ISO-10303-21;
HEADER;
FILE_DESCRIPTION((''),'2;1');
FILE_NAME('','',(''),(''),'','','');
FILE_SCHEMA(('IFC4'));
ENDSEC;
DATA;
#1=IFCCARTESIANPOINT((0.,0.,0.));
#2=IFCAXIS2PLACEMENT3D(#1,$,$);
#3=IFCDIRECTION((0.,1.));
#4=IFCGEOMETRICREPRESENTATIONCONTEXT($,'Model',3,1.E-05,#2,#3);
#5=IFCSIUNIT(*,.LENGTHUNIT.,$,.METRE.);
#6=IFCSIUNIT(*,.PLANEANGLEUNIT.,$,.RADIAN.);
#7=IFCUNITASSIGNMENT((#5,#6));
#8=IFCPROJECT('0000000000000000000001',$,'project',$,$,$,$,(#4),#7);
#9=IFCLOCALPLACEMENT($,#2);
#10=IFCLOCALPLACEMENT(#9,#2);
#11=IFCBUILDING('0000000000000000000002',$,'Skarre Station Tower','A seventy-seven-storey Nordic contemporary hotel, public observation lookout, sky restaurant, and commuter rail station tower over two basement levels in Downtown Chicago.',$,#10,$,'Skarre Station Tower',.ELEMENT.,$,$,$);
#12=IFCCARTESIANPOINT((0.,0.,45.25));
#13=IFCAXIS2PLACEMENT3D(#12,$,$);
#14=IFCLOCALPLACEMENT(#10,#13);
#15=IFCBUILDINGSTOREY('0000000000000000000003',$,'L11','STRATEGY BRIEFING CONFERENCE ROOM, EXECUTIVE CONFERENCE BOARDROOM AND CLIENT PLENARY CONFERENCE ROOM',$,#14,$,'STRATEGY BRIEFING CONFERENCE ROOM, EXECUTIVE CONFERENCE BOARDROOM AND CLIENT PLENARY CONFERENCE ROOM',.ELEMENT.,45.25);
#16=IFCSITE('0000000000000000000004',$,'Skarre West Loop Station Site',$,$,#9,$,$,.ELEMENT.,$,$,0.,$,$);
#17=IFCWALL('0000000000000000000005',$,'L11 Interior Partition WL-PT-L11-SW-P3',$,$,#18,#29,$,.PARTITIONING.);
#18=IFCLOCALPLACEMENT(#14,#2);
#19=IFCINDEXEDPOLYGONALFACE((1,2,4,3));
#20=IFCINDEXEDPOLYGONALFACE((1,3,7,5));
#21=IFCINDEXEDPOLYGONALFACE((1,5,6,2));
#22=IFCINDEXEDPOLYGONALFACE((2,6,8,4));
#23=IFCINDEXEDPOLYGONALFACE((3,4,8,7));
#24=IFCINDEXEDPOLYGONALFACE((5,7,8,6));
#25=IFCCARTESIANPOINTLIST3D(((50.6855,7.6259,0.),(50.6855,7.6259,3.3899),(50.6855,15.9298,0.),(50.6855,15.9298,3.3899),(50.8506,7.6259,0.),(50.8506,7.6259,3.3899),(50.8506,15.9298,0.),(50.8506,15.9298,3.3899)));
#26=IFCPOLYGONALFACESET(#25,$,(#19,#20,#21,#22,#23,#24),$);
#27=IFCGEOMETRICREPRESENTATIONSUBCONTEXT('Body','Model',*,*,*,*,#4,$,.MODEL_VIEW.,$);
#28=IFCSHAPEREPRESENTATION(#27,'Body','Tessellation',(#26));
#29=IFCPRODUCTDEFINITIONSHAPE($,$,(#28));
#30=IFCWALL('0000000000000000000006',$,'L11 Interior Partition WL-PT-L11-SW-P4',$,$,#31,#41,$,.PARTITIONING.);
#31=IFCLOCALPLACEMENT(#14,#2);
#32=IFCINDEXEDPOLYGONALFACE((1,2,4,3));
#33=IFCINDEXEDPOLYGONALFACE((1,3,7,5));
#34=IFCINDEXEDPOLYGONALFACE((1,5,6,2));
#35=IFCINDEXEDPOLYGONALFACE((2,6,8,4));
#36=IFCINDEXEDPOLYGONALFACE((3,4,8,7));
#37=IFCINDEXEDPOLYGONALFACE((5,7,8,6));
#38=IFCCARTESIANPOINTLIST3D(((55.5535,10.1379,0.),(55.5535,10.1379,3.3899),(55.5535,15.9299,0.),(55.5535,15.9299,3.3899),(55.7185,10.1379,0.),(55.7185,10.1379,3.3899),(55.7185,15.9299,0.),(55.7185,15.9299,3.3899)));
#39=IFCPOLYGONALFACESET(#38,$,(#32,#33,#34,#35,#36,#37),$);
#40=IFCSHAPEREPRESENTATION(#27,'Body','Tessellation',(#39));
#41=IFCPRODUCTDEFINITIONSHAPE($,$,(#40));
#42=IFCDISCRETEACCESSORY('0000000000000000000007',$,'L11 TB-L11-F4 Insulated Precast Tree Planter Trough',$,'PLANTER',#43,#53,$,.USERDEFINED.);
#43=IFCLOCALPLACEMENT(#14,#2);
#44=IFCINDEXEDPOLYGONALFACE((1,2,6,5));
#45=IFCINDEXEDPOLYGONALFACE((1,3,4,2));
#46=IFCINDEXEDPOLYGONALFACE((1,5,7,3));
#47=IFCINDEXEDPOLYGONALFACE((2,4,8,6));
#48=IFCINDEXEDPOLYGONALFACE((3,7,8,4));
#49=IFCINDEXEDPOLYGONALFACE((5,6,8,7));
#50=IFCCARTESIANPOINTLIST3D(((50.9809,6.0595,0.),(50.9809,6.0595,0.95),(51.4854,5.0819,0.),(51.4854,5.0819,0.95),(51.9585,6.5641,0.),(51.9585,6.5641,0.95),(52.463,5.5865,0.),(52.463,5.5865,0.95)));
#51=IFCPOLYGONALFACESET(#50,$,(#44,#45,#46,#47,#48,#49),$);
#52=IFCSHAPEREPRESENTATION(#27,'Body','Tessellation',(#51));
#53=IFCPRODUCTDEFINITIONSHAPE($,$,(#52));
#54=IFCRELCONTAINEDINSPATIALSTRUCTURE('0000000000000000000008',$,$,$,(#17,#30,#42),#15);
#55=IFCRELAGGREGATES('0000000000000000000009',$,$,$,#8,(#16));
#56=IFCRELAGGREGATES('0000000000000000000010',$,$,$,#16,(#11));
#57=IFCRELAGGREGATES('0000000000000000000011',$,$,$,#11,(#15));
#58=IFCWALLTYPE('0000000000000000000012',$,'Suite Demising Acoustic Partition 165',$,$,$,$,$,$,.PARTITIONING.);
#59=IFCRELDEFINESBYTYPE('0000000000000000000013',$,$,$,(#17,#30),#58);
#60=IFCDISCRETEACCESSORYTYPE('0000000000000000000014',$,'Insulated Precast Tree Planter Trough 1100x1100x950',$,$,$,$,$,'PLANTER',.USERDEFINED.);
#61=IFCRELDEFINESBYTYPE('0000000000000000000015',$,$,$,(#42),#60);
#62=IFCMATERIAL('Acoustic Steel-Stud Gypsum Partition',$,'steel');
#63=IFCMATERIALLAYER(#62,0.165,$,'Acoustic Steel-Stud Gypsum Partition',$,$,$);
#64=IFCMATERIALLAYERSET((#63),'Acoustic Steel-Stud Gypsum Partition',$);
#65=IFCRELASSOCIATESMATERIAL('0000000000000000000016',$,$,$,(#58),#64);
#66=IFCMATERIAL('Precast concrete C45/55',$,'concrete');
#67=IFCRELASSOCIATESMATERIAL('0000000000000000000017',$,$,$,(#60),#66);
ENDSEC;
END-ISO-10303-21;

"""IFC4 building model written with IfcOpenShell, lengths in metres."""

from ifc_helpers import new_model, si_unit, direction, frame, frame_2d, origin, origin_2d, place, context, subcontext, project, spatial, rectangle, extrude, material, layer, layer_set, type_object, element, save


model = new_model("IFC4")

# Units and contexts
model_context = context("Model", 3, precision=1e-05, world=origin(), true_north=direction((0.0, 1.0)))
body_context = subcontext(model_context, "Body", "Model", "MODEL_VIEW")
ifc_project = project(units=[si_unit("LENGTHUNIT", "METRE"), si_unit("PLANEANGLEUNIT", "RADIAN")], contexts=[model_context])

# Site, building, storey
site_placement = place(None, origin())
site = spatial("IfcSite", under=ifc_project, at=site_placement, Name="Skarre West Loop Station Site", CompositionType="ELEMENT", RefElevation=0.0)
building_placement = place(site_placement, origin())
building = spatial("IfcBuilding", under=site, at=building_placement, Name="Skarre Station Tower", Description="A seventy-seven-storey Nordic contemporary hotel, public observation lookout, sky restaurant, and commuter rail station tower over two basement levels in Downtown Chicago.", LongName="Skarre Station Tower", CompositionType="ELEMENT")
storey_placement = place(building_placement, frame((0.0, 0.0, 45.25)))
storey = spatial("IfcBuildingStorey", under=building, at=storey_placement, Name="L11", Description="STRATEGY BRIEFING CONFERENCE ROOM, EXECUTIVE CONFERENCE BOARDROOM AND CLIENT PLENARY CONFERENCE ROOM", LongName="STRATEGY BRIEFING CONFERENCE ROOM, EXECUTIVE CONFERENCE BOARDROOM AND CLIENT PLENARY CONFERENCE ROOM", CompositionType="ELEMENT", Elevation=45.25)

# Shared definitions
ifc_material_1 = material(Name="Acoustic Steel-Stud Gypsum Partition", Category="steel")

# Walls
ifc_layer_1 = layer(ifc_material_1, 0.165, Name="Acoustic Steel-Stud Gypsum Partition")
ifc_layer_set_1 = layer_set([ifc_layer_1], Name="Acoustic Steel-Stud Gypsum Partition")
wall_type_1 = type_object("IfcWallType", Name="Suite Demising Acoustic Partition 165", PredefinedType="PARTITIONING", material=ifc_layer_set_1)
wall_1_placement = place(storey_placement, frame((50.7681, 7.626, 0.0), z_axis=(0.0, 0.0, 1.0), x_axis=(0.0, 1.0, 0.0)))
element("IfcWall", 1, at=wall_1_placement, inside=storey, type_object=wall_type_1, Name="L11 Interior Partition WL-PT-L11-SW-P3", PredefinedType="PARTITIONING", context=body_context, shape_type="SweptSolid", body=[
    extrude(rectangle(XDim=8.304, YDim=0.165, at=frame_2d((4.1519, 0.0))), origin(), (0.0, 0.0, 1.0), 3.3899),
])
wall_2_placement = place(storey_placement, frame((55.636, 10.1379, 0.0), z_axis=(0.0, 0.0, 1.0), x_axis=(0.0, 1.0, 0.0)))
element("IfcWall", 2, at=wall_2_placement, inside=storey, type_object=wall_type_1, Name="L11 Interior Partition WL-PT-L11-SW-P4", PredefinedType="PARTITIONING", context=body_context, shape_type="SweptSolid", body=[
    extrude(rectangle(XDim=5.792, YDim=0.165, at=frame_2d((2.896, 0.0))), origin(), (0.0, 0.0, 1.0), 3.3899),
])

# Discrete accessory
ifc_material_2 = material(Name="Precast concrete C45/55", Category="concrete")
discrete_accessory_type = type_object("IfcDiscreteAccessoryType", Name="Insulated Precast Tree Planter Trough 1100x1100x950", ElementType="PLANTER", PredefinedType="USERDEFINED", material=ifc_material_2)
discrete_accessory_placement = place(storey_placement, frame((51.7219, 5.823, 0.0), z_axis=(0.0, 0.0, 1.0), x_axis=(0.458619, -0.888633, 0.0)))
element("IfcDiscreteAccessory", 3, at=discrete_accessory_placement, inside=storey, type_object=discrete_accessory_type, Name="L11 TB-L11-F4 Insulated Precast Tree Planter Trough", ObjectType="PLANTER", PredefinedType="USERDEFINED", context=body_context, shape_type="SweptSolid", body=[
    extrude(rectangle(XDim=1.1001, YDim=1.1001, at=origin_2d()), origin(), (0.0, 0.0, 1.0), 0.95),
])

save(model, "model.ifc")
